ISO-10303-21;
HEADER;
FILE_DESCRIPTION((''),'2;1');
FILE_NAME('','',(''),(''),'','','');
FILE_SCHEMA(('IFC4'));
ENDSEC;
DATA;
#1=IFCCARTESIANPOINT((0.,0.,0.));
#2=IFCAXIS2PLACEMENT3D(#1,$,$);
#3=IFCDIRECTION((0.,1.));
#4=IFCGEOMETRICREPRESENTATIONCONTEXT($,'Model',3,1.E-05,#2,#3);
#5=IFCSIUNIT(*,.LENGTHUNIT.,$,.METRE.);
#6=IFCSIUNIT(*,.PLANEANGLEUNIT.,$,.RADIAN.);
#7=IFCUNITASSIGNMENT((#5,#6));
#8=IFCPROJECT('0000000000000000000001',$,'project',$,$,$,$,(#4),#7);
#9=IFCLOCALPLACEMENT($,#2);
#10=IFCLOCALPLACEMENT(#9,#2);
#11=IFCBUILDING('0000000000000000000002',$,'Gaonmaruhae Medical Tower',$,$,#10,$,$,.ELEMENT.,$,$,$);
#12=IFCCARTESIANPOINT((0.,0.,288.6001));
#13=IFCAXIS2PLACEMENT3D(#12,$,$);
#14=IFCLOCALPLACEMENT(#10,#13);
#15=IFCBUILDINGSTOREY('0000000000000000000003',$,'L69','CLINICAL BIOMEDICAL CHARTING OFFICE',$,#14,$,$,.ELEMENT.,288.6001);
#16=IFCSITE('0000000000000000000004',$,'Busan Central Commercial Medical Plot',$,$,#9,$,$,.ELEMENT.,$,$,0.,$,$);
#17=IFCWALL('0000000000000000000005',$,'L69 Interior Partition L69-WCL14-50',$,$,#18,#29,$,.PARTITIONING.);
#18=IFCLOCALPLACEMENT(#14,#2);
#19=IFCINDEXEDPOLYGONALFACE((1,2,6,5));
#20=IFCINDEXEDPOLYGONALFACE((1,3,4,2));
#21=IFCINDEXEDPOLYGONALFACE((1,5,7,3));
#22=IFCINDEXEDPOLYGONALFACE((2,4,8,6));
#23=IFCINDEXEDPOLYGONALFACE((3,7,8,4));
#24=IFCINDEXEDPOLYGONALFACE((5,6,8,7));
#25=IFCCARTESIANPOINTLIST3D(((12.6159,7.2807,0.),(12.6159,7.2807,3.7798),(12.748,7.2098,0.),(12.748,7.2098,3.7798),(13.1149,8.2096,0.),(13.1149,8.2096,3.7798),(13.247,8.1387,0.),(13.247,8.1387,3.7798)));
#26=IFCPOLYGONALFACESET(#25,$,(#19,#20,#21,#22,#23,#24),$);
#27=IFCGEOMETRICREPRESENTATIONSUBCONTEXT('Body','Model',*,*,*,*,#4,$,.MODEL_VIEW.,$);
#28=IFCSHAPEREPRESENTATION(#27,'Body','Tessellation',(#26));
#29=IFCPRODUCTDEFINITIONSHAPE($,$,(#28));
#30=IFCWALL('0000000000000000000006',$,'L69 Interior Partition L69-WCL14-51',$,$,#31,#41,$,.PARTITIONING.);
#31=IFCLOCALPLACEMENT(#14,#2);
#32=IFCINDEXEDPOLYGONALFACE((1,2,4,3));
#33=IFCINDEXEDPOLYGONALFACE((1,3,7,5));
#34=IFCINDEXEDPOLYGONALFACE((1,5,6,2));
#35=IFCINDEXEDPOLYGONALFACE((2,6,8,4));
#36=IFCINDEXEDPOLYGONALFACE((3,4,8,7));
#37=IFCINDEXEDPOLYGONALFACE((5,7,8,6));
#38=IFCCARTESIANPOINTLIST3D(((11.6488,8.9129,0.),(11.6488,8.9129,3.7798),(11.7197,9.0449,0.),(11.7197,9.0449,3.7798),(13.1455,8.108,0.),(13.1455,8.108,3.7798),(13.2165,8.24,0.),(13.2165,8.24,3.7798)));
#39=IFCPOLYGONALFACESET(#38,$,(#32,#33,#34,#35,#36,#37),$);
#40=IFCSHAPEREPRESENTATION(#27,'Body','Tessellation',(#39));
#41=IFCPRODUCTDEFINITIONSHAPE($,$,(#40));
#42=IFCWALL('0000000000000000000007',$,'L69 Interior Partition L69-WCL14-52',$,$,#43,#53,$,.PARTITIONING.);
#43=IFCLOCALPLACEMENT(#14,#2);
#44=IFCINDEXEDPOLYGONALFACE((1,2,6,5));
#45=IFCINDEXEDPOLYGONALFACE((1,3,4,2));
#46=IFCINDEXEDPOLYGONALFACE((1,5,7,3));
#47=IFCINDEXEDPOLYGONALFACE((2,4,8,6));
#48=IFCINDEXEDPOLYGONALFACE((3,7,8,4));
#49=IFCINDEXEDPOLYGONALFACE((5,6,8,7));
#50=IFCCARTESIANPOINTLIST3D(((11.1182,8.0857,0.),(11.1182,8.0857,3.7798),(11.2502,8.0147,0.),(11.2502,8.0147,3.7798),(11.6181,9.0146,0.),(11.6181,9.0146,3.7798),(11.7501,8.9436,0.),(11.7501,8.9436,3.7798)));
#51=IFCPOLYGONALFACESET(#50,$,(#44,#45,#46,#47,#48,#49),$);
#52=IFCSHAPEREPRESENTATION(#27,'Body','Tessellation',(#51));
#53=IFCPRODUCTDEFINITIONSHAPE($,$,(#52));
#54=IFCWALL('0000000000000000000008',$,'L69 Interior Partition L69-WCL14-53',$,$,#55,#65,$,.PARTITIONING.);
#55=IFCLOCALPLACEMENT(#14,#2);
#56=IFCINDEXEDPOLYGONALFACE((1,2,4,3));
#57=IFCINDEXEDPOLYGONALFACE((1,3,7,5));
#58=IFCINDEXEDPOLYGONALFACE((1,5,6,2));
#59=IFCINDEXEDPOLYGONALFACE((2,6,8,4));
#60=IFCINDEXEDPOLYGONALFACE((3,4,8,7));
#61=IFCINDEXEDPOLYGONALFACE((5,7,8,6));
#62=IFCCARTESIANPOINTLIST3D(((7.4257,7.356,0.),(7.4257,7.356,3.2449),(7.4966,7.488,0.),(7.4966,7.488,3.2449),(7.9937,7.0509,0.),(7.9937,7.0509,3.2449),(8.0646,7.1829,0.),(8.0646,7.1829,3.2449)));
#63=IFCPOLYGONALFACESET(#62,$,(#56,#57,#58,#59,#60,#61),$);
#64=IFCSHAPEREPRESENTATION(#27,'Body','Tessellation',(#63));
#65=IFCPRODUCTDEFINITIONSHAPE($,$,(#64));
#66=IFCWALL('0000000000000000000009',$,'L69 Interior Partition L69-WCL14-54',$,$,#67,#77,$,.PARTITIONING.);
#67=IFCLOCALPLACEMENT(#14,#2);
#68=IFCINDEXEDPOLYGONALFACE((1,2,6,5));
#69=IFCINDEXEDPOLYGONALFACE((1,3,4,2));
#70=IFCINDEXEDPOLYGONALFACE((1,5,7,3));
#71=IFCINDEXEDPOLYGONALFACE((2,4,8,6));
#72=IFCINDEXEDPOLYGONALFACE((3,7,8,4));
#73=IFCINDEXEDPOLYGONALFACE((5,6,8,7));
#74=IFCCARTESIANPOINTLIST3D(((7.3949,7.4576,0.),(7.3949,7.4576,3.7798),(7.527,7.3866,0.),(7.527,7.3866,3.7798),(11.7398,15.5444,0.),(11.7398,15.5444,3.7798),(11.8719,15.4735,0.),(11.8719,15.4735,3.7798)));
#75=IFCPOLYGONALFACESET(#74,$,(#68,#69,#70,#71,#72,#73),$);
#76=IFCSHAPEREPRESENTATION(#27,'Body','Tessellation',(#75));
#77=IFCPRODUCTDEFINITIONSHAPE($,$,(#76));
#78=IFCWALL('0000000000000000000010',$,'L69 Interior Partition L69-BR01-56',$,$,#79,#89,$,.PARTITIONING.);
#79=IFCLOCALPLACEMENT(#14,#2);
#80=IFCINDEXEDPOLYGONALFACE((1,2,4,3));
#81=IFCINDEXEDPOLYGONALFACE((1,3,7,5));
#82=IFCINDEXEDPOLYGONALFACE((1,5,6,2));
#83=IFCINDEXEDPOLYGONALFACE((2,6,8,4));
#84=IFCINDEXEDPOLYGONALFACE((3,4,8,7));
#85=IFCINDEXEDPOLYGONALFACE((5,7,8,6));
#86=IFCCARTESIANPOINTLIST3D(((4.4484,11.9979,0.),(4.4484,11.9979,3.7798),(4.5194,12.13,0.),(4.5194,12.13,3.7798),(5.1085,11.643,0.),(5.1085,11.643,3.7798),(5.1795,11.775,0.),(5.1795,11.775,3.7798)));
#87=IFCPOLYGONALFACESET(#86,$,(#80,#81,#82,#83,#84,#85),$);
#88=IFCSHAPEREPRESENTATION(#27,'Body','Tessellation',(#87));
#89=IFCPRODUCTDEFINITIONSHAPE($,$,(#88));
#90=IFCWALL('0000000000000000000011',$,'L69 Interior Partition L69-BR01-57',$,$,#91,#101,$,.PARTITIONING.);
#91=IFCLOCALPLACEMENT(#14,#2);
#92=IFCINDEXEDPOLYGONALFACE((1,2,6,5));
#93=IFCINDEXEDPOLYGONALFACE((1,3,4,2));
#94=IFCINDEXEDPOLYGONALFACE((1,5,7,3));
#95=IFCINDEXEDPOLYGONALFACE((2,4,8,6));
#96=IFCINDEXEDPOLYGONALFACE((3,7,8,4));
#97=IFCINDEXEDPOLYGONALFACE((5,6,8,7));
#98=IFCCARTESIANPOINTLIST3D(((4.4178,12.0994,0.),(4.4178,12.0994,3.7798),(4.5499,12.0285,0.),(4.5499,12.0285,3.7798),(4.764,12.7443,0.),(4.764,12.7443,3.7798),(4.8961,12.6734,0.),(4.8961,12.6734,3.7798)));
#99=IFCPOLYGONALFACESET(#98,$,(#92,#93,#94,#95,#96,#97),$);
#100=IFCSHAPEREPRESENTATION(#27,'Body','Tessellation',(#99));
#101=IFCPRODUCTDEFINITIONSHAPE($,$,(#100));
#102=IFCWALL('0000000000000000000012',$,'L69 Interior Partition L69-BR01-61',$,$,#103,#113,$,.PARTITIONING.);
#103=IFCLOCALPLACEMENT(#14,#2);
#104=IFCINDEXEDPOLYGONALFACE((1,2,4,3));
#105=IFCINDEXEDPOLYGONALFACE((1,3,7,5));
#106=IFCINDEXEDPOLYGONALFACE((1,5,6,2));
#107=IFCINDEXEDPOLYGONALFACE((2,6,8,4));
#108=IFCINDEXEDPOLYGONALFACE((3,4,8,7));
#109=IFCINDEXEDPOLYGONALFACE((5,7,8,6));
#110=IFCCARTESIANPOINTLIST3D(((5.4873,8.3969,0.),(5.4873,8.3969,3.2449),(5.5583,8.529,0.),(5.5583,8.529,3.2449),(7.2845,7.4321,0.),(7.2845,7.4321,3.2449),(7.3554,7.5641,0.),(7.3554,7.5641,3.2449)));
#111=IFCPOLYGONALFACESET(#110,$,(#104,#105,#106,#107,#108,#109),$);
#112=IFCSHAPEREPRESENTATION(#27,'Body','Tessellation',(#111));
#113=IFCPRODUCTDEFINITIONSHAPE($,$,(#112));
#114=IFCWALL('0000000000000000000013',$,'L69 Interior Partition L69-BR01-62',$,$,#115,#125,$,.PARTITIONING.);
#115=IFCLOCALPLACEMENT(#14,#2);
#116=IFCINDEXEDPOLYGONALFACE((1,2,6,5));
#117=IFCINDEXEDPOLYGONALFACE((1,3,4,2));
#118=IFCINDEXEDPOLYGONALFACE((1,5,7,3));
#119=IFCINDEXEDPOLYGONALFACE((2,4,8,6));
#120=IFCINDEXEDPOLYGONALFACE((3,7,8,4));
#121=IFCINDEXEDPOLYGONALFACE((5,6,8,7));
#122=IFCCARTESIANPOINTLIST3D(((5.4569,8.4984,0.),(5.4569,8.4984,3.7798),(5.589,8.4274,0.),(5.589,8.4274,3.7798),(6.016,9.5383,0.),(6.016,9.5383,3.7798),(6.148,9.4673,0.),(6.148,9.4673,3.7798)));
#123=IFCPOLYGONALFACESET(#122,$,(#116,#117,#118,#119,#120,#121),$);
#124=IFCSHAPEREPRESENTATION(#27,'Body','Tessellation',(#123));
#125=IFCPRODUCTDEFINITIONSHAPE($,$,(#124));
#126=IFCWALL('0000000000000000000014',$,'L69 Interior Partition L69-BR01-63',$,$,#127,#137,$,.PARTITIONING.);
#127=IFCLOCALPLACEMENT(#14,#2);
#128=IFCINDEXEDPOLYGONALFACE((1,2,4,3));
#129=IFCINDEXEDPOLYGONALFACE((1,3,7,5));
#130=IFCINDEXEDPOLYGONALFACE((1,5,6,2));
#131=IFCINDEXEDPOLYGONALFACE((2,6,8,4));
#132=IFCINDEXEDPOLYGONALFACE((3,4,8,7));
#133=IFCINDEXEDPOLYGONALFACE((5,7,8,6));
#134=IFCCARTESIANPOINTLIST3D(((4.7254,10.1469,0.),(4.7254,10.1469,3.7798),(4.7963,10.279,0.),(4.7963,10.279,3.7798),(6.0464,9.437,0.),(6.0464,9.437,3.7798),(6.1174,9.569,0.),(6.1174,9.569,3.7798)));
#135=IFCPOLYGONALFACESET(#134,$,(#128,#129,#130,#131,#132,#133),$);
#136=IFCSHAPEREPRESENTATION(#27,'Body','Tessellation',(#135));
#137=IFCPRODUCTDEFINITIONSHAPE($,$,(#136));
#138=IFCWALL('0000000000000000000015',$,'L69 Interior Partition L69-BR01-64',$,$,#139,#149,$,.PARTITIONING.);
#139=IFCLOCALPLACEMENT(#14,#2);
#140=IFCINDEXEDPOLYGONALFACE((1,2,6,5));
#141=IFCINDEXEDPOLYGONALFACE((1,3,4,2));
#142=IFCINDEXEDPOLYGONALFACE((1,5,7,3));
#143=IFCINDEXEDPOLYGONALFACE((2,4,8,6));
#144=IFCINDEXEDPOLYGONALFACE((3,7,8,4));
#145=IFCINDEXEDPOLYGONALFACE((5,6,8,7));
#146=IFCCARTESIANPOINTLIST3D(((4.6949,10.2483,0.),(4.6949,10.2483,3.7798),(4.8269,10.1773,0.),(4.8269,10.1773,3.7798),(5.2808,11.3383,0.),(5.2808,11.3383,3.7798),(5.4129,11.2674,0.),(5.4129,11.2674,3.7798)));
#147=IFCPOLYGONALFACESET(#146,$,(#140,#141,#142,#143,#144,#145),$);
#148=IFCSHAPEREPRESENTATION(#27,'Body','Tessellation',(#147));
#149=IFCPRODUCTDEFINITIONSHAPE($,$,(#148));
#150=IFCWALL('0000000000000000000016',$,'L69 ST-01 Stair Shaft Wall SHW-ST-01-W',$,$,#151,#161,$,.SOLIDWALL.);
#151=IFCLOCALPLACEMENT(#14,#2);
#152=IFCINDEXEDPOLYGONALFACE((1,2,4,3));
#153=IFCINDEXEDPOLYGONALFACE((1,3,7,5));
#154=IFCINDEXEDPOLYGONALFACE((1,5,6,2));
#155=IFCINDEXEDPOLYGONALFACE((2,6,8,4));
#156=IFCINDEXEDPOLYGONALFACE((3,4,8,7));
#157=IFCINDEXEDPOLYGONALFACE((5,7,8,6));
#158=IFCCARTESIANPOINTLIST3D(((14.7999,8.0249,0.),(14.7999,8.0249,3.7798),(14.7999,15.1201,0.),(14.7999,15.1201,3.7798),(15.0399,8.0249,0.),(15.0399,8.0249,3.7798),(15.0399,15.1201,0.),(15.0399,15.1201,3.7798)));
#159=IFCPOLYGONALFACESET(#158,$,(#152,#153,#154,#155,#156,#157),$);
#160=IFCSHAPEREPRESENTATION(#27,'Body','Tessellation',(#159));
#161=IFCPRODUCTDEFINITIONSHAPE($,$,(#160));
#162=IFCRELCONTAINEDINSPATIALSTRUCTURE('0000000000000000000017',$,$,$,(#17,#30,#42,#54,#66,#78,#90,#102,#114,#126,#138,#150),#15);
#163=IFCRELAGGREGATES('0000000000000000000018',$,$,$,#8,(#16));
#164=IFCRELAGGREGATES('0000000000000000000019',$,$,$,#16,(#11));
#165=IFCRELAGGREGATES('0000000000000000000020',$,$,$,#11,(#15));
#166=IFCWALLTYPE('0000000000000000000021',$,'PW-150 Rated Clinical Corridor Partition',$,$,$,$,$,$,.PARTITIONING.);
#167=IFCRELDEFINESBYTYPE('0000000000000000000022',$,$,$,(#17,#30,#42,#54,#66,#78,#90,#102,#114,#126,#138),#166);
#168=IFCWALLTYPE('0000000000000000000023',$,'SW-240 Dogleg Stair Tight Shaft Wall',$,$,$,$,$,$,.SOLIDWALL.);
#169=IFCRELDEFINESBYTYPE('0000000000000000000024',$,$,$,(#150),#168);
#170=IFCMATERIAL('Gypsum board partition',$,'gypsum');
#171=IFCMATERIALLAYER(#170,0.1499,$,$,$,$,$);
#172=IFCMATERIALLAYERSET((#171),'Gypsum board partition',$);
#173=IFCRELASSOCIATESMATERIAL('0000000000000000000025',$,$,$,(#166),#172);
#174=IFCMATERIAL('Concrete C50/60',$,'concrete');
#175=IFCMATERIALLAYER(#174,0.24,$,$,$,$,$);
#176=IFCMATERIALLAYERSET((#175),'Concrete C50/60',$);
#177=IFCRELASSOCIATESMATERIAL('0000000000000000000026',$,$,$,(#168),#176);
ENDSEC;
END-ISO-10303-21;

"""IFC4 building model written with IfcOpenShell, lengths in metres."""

from ifc_helpers import new_model, si_unit, direction, frame, frame_2d, origin, place, context, subcontext, project, spatial, rectangle, extrude, material, layer, layer_set, type_object, element, save


model = new_model("IFC4")

# Units and contexts
model_context = context("Model", 3, precision=1e-05, world=origin(), true_north=direction((0.0, 1.0)))
body_context = subcontext(model_context, "Body", "Model", "MODEL_VIEW")
ifc_project = project(units=[si_unit("LENGTHUNIT", "METRE"), si_unit("PLANEANGLEUNIT", "RADIAN")], contexts=[model_context])

# Site, building, storey
site_placement = place(None, origin())
site = spatial("IfcSite", under=ifc_project, at=site_placement, Name="Busan Central Commercial Medical Plot", CompositionType="ELEMENT", RefElevation=0.0)
building_placement = place(site_placement, origin())
building = spatial("IfcBuilding", under=site, at=building_placement, Name="Gaonmaruhae Medical Tower", CompositionType="ELEMENT")
storey_placement = place(building_placement, frame((0.0, 0.0, 288.6001)))
storey = spatial("IfcBuildingStorey", under=building, at=storey_placement, Name="L69", Description="CLINICAL BIOMEDICAL CHARTING OFFICE", CompositionType="ELEMENT", Elevation=288.6001)

# Shared definitions
ifc_material_1 = material(Name="Concrete C50/60", Category="concrete")

# Walls
ifc_material_2 = material(Name="Gypsum board partition", Category="gypsum")
ifc_layer_1 = layer(ifc_material_2, 0.1499)
ifc_layer_set_1 = layer_set([ifc_layer_1], Name="Gypsum board partition")
wall_type_1 = type_object("IfcWallType", Name="PW-150 Rated Clinical Corridor Partition", PredefinedType="PARTITIONING", material=ifc_layer_set_1)
wall_1_placement = place(storey_placement, frame((12.6819, 7.2451, 0.0), z_axis=(0.0, 0.0, 1.0), x_axis=(0.47323, 0.880939, 0.0)))
element("IfcWall", 1, at=wall_1_placement, inside=storey, type_object=wall_type_1, Name="L69 Interior Partition L69-WCL14-50", PredefinedType="PARTITIONING", context=body_context, shape_type="SweptSolid", body=[
    extrude(rectangle(XDim=1.0544, YDim=0.1499, at=frame_2d((0.5273, 0.0))), origin(), (0.0, 0.0, 1.0), 3.7798),
])
wall_2_placement = place(storey_placement, frame((13.1809, 8.1741, 0.0), z_axis=(0.0, 0.0, 1.0), x_axis=(-0.880729, 0.47362, 0.0)))
element("IfcWall", 2, at=wall_2_placement, inside=storey, type_object=wall_type_1, Name="L69 Interior Partition L69-WCL14-51", PredefinedType="PARTITIONING", context=body_context, shape_type="SweptSolid", body=[
    extrude(rectangle(XDim=1.6995, YDim=0.1499, at=frame_2d((0.8496, 0.0))), origin(), (0.0, 0.0, 1.0), 3.7798),
])
wall_3_placement = place(storey_placement, frame((11.6841, 8.979, 0.0), z_axis=(0.0, 0.0, 1.0), x_axis=(-0.473948, -0.880553, 0.0)))
element("IfcWall", 3, at=wall_3_placement, inside=storey, type_object=wall_type_1, Name="L69 Interior Partition L69-WCL14-52", PredefinedType="PARTITIONING", context=body_context, shape_type="SweptSolid", body=[
    extrude(rectangle(XDim=1.0549, YDim=0.1499, at=frame_2d((0.5273, 0.0))), origin(), (0.0, 0.0, 1.0), 3.7798),
])
wall_4_placement = place(storey_placement, frame((8.0291, 7.1169, 0.0), z_axis=(0.0, 0.0, 1.0), x_axis=(-0.880945, 0.473219, 0.0)))
element("IfcWall", 4, at=wall_4_placement, inside=storey, type_object=wall_type_1, Name="L69 Interior Partition L69-WCL14-53", PredefinedType="PARTITIONING", context=body_context, shape_type="SweptSolid", body=[
    extrude(rectangle(XDim=0.6448, YDim=0.1499, at=frame_2d((0.3223, 0.0))), origin(), (0.0, 0.0, 1.0), 3.2449),
])
wall_5_placement = place(storey_placement, frame((7.4609, 7.4221, 0.0), z_axis=(0.0, 0.0, 1.0), x_axis=(0.473296, 0.880904, 0.0)))
element("IfcWall", 5, at=wall_5_placement, inside=storey, type_object=wall_type_1, Name="L69 Interior Partition L69-WCL14-54", PredefinedType="PARTITIONING", context=body_context, shape_type="SweptSolid", body=[
    extrude(rectangle(XDim=9.1802, YDim=0.1499, at=frame_2d((4.5901, 0.0))), origin(), (0.0, 0.0, 1.0), 3.7798),
])
wall_6_placement = place(storey_placement, frame((5.144, 11.709, 0.0), z_axis=(0.0, 0.0, 1.0), x_axis=(-0.880743, 0.473595, 0.0)))
element("IfcWall", 6, at=wall_6_placement, inside=storey, type_object=wall_type_1, Name="L69 Interior Partition L69-BR01-56", PredefinedType="PARTITIONING", context=body_context, shape_type="SweptSolid", body=[
    extrude(rectangle(XDim=0.7495, YDim=0.1499, at=frame_2d((0.3748, 0.0))), origin(), (0.0, 0.0, 1.0), 3.7798),
])
wall_7_placement = place(storey_placement, frame((4.4839, 12.064, 0.0), z_axis=(0.0, 0.0, 1.0), x_axis=(0.472906, 0.881113, 0.0)))
element("IfcWall", 7, at=wall_7_placement, inside=storey, type_object=wall_type_1, Name="L69 Interior Partition L69-BR01-57", PredefinedType="PARTITIONING", context=body_context, shape_type="SweptSolid", body=[
    extrude(rectangle(XDim=0.7319, YDim=0.1499, at=frame_2d((0.366, 0.0))), origin(), (0.0, 0.0, 1.0), 3.7798),
])
wall_8_placement = place(storey_placement, frame((7.3201, 7.498, 0.0), z_axis=(0.0, 0.0, 1.0), x_axis=(-0.881051, 0.473022, 0.0)))
element("IfcWall", 8, at=wall_8_placement, inside=storey, type_object=wall_type_1, Name="L69 Interior Partition L69-BR01-61", PredefinedType="PARTITIONING", context=body_context, shape_type="SweptSolid", body=[
    extrude(rectangle(XDim=2.0398, YDim=0.1499, at=frame_2d((1.02, 0.0))), origin(), (0.0, 0.0, 1.0), 3.2449),
])
wall_9_placement = place(storey_placement, frame((5.5229, 8.4629, 0.0), z_axis=(0.0, 0.0, 1.0), x_axis=(0.473483, 0.880803, 0.0)))
element("IfcWall", 9, at=wall_9_placement, inside=storey, type_object=wall_type_1, Name="L69 Interior Partition L69-BR01-62", PredefinedType="PARTITIONING", context=body_context, shape_type="SweptSolid", body=[
    extrude(rectangle(XDim=1.1807, YDim=0.1499, at=frame_2d((0.5903, 0.0))), origin(), (0.0, 0.0, 1.0), 3.7798),
])
wall_10_placement = place(storey_placement, frame((6.082, 9.5029, 0.0), z_axis=(0.0, 0.0, 1.0), x_axis=(-0.880852, 0.473391, 0.0)))
element("IfcWall", 10, at=wall_10_placement, inside=storey, type_object=wall_type_1, Name="L69 Interior Partition L69-BR01-63", PredefinedType="PARTITIONING", context=body_context, shape_type="SweptSolid", body=[
    extrude(rectangle(XDim=1.4998, YDim=0.1499, at=frame_2d((0.75, 0.0))), origin(), (0.0, 0.0, 1.0), 3.7798),
])
wall_11_placement = place(storey_placement, frame((4.761, 10.2129, 0.0), z_axis=(0.0, 0.0, 1.0), x_axis=(0.473453, 0.880819, 0.0)))
element("IfcWall", 11, at=wall_11_placement, inside=storey, type_object=wall_type_1, Name="L69 Interior Partition L69-BR01-64", PredefinedType="PARTITIONING", context=body_context, shape_type="SweptSolid", body=[
    extrude(rectangle(XDim=1.2375, YDim=0.1499, at=frame_2d((0.6187, 0.0))), origin(), (0.0, 0.0, 1.0), 3.7798),
])
ifc_layer_2 = layer(ifc_material_1, 0.24)
ifc_layer_set_2 = layer_set([ifc_layer_2], Name="Concrete C50/60")
wall_type_2 = type_object("IfcWallType", Name="SW-240 Dogleg Stair Tight Shaft Wall", PredefinedType="SOLIDWALL", material=ifc_layer_set_2)
wall_12_placement = place(storey_placement, frame((14.9199, 8.0249, 0.0), z_axis=(0.0, 0.0, 1.0), x_axis=(0.0, 1.0, 0.0)))
element("IfcWall", 12, at=wall_12_placement, inside=storey, type_object=wall_type_2, Name="L69 ST-01 Stair Shaft Wall SHW-ST-01-W", PredefinedType="SOLIDWALL", context=body_context, shape_type="SweptSolid", body=[
    extrude(rectangle(XDim=7.0952, YDim=0.24, at=frame_2d((3.5476, 0.0))), origin(), (0.0, 0.0, 1.0), 3.7798),
])

save(model, "model.ifc")
